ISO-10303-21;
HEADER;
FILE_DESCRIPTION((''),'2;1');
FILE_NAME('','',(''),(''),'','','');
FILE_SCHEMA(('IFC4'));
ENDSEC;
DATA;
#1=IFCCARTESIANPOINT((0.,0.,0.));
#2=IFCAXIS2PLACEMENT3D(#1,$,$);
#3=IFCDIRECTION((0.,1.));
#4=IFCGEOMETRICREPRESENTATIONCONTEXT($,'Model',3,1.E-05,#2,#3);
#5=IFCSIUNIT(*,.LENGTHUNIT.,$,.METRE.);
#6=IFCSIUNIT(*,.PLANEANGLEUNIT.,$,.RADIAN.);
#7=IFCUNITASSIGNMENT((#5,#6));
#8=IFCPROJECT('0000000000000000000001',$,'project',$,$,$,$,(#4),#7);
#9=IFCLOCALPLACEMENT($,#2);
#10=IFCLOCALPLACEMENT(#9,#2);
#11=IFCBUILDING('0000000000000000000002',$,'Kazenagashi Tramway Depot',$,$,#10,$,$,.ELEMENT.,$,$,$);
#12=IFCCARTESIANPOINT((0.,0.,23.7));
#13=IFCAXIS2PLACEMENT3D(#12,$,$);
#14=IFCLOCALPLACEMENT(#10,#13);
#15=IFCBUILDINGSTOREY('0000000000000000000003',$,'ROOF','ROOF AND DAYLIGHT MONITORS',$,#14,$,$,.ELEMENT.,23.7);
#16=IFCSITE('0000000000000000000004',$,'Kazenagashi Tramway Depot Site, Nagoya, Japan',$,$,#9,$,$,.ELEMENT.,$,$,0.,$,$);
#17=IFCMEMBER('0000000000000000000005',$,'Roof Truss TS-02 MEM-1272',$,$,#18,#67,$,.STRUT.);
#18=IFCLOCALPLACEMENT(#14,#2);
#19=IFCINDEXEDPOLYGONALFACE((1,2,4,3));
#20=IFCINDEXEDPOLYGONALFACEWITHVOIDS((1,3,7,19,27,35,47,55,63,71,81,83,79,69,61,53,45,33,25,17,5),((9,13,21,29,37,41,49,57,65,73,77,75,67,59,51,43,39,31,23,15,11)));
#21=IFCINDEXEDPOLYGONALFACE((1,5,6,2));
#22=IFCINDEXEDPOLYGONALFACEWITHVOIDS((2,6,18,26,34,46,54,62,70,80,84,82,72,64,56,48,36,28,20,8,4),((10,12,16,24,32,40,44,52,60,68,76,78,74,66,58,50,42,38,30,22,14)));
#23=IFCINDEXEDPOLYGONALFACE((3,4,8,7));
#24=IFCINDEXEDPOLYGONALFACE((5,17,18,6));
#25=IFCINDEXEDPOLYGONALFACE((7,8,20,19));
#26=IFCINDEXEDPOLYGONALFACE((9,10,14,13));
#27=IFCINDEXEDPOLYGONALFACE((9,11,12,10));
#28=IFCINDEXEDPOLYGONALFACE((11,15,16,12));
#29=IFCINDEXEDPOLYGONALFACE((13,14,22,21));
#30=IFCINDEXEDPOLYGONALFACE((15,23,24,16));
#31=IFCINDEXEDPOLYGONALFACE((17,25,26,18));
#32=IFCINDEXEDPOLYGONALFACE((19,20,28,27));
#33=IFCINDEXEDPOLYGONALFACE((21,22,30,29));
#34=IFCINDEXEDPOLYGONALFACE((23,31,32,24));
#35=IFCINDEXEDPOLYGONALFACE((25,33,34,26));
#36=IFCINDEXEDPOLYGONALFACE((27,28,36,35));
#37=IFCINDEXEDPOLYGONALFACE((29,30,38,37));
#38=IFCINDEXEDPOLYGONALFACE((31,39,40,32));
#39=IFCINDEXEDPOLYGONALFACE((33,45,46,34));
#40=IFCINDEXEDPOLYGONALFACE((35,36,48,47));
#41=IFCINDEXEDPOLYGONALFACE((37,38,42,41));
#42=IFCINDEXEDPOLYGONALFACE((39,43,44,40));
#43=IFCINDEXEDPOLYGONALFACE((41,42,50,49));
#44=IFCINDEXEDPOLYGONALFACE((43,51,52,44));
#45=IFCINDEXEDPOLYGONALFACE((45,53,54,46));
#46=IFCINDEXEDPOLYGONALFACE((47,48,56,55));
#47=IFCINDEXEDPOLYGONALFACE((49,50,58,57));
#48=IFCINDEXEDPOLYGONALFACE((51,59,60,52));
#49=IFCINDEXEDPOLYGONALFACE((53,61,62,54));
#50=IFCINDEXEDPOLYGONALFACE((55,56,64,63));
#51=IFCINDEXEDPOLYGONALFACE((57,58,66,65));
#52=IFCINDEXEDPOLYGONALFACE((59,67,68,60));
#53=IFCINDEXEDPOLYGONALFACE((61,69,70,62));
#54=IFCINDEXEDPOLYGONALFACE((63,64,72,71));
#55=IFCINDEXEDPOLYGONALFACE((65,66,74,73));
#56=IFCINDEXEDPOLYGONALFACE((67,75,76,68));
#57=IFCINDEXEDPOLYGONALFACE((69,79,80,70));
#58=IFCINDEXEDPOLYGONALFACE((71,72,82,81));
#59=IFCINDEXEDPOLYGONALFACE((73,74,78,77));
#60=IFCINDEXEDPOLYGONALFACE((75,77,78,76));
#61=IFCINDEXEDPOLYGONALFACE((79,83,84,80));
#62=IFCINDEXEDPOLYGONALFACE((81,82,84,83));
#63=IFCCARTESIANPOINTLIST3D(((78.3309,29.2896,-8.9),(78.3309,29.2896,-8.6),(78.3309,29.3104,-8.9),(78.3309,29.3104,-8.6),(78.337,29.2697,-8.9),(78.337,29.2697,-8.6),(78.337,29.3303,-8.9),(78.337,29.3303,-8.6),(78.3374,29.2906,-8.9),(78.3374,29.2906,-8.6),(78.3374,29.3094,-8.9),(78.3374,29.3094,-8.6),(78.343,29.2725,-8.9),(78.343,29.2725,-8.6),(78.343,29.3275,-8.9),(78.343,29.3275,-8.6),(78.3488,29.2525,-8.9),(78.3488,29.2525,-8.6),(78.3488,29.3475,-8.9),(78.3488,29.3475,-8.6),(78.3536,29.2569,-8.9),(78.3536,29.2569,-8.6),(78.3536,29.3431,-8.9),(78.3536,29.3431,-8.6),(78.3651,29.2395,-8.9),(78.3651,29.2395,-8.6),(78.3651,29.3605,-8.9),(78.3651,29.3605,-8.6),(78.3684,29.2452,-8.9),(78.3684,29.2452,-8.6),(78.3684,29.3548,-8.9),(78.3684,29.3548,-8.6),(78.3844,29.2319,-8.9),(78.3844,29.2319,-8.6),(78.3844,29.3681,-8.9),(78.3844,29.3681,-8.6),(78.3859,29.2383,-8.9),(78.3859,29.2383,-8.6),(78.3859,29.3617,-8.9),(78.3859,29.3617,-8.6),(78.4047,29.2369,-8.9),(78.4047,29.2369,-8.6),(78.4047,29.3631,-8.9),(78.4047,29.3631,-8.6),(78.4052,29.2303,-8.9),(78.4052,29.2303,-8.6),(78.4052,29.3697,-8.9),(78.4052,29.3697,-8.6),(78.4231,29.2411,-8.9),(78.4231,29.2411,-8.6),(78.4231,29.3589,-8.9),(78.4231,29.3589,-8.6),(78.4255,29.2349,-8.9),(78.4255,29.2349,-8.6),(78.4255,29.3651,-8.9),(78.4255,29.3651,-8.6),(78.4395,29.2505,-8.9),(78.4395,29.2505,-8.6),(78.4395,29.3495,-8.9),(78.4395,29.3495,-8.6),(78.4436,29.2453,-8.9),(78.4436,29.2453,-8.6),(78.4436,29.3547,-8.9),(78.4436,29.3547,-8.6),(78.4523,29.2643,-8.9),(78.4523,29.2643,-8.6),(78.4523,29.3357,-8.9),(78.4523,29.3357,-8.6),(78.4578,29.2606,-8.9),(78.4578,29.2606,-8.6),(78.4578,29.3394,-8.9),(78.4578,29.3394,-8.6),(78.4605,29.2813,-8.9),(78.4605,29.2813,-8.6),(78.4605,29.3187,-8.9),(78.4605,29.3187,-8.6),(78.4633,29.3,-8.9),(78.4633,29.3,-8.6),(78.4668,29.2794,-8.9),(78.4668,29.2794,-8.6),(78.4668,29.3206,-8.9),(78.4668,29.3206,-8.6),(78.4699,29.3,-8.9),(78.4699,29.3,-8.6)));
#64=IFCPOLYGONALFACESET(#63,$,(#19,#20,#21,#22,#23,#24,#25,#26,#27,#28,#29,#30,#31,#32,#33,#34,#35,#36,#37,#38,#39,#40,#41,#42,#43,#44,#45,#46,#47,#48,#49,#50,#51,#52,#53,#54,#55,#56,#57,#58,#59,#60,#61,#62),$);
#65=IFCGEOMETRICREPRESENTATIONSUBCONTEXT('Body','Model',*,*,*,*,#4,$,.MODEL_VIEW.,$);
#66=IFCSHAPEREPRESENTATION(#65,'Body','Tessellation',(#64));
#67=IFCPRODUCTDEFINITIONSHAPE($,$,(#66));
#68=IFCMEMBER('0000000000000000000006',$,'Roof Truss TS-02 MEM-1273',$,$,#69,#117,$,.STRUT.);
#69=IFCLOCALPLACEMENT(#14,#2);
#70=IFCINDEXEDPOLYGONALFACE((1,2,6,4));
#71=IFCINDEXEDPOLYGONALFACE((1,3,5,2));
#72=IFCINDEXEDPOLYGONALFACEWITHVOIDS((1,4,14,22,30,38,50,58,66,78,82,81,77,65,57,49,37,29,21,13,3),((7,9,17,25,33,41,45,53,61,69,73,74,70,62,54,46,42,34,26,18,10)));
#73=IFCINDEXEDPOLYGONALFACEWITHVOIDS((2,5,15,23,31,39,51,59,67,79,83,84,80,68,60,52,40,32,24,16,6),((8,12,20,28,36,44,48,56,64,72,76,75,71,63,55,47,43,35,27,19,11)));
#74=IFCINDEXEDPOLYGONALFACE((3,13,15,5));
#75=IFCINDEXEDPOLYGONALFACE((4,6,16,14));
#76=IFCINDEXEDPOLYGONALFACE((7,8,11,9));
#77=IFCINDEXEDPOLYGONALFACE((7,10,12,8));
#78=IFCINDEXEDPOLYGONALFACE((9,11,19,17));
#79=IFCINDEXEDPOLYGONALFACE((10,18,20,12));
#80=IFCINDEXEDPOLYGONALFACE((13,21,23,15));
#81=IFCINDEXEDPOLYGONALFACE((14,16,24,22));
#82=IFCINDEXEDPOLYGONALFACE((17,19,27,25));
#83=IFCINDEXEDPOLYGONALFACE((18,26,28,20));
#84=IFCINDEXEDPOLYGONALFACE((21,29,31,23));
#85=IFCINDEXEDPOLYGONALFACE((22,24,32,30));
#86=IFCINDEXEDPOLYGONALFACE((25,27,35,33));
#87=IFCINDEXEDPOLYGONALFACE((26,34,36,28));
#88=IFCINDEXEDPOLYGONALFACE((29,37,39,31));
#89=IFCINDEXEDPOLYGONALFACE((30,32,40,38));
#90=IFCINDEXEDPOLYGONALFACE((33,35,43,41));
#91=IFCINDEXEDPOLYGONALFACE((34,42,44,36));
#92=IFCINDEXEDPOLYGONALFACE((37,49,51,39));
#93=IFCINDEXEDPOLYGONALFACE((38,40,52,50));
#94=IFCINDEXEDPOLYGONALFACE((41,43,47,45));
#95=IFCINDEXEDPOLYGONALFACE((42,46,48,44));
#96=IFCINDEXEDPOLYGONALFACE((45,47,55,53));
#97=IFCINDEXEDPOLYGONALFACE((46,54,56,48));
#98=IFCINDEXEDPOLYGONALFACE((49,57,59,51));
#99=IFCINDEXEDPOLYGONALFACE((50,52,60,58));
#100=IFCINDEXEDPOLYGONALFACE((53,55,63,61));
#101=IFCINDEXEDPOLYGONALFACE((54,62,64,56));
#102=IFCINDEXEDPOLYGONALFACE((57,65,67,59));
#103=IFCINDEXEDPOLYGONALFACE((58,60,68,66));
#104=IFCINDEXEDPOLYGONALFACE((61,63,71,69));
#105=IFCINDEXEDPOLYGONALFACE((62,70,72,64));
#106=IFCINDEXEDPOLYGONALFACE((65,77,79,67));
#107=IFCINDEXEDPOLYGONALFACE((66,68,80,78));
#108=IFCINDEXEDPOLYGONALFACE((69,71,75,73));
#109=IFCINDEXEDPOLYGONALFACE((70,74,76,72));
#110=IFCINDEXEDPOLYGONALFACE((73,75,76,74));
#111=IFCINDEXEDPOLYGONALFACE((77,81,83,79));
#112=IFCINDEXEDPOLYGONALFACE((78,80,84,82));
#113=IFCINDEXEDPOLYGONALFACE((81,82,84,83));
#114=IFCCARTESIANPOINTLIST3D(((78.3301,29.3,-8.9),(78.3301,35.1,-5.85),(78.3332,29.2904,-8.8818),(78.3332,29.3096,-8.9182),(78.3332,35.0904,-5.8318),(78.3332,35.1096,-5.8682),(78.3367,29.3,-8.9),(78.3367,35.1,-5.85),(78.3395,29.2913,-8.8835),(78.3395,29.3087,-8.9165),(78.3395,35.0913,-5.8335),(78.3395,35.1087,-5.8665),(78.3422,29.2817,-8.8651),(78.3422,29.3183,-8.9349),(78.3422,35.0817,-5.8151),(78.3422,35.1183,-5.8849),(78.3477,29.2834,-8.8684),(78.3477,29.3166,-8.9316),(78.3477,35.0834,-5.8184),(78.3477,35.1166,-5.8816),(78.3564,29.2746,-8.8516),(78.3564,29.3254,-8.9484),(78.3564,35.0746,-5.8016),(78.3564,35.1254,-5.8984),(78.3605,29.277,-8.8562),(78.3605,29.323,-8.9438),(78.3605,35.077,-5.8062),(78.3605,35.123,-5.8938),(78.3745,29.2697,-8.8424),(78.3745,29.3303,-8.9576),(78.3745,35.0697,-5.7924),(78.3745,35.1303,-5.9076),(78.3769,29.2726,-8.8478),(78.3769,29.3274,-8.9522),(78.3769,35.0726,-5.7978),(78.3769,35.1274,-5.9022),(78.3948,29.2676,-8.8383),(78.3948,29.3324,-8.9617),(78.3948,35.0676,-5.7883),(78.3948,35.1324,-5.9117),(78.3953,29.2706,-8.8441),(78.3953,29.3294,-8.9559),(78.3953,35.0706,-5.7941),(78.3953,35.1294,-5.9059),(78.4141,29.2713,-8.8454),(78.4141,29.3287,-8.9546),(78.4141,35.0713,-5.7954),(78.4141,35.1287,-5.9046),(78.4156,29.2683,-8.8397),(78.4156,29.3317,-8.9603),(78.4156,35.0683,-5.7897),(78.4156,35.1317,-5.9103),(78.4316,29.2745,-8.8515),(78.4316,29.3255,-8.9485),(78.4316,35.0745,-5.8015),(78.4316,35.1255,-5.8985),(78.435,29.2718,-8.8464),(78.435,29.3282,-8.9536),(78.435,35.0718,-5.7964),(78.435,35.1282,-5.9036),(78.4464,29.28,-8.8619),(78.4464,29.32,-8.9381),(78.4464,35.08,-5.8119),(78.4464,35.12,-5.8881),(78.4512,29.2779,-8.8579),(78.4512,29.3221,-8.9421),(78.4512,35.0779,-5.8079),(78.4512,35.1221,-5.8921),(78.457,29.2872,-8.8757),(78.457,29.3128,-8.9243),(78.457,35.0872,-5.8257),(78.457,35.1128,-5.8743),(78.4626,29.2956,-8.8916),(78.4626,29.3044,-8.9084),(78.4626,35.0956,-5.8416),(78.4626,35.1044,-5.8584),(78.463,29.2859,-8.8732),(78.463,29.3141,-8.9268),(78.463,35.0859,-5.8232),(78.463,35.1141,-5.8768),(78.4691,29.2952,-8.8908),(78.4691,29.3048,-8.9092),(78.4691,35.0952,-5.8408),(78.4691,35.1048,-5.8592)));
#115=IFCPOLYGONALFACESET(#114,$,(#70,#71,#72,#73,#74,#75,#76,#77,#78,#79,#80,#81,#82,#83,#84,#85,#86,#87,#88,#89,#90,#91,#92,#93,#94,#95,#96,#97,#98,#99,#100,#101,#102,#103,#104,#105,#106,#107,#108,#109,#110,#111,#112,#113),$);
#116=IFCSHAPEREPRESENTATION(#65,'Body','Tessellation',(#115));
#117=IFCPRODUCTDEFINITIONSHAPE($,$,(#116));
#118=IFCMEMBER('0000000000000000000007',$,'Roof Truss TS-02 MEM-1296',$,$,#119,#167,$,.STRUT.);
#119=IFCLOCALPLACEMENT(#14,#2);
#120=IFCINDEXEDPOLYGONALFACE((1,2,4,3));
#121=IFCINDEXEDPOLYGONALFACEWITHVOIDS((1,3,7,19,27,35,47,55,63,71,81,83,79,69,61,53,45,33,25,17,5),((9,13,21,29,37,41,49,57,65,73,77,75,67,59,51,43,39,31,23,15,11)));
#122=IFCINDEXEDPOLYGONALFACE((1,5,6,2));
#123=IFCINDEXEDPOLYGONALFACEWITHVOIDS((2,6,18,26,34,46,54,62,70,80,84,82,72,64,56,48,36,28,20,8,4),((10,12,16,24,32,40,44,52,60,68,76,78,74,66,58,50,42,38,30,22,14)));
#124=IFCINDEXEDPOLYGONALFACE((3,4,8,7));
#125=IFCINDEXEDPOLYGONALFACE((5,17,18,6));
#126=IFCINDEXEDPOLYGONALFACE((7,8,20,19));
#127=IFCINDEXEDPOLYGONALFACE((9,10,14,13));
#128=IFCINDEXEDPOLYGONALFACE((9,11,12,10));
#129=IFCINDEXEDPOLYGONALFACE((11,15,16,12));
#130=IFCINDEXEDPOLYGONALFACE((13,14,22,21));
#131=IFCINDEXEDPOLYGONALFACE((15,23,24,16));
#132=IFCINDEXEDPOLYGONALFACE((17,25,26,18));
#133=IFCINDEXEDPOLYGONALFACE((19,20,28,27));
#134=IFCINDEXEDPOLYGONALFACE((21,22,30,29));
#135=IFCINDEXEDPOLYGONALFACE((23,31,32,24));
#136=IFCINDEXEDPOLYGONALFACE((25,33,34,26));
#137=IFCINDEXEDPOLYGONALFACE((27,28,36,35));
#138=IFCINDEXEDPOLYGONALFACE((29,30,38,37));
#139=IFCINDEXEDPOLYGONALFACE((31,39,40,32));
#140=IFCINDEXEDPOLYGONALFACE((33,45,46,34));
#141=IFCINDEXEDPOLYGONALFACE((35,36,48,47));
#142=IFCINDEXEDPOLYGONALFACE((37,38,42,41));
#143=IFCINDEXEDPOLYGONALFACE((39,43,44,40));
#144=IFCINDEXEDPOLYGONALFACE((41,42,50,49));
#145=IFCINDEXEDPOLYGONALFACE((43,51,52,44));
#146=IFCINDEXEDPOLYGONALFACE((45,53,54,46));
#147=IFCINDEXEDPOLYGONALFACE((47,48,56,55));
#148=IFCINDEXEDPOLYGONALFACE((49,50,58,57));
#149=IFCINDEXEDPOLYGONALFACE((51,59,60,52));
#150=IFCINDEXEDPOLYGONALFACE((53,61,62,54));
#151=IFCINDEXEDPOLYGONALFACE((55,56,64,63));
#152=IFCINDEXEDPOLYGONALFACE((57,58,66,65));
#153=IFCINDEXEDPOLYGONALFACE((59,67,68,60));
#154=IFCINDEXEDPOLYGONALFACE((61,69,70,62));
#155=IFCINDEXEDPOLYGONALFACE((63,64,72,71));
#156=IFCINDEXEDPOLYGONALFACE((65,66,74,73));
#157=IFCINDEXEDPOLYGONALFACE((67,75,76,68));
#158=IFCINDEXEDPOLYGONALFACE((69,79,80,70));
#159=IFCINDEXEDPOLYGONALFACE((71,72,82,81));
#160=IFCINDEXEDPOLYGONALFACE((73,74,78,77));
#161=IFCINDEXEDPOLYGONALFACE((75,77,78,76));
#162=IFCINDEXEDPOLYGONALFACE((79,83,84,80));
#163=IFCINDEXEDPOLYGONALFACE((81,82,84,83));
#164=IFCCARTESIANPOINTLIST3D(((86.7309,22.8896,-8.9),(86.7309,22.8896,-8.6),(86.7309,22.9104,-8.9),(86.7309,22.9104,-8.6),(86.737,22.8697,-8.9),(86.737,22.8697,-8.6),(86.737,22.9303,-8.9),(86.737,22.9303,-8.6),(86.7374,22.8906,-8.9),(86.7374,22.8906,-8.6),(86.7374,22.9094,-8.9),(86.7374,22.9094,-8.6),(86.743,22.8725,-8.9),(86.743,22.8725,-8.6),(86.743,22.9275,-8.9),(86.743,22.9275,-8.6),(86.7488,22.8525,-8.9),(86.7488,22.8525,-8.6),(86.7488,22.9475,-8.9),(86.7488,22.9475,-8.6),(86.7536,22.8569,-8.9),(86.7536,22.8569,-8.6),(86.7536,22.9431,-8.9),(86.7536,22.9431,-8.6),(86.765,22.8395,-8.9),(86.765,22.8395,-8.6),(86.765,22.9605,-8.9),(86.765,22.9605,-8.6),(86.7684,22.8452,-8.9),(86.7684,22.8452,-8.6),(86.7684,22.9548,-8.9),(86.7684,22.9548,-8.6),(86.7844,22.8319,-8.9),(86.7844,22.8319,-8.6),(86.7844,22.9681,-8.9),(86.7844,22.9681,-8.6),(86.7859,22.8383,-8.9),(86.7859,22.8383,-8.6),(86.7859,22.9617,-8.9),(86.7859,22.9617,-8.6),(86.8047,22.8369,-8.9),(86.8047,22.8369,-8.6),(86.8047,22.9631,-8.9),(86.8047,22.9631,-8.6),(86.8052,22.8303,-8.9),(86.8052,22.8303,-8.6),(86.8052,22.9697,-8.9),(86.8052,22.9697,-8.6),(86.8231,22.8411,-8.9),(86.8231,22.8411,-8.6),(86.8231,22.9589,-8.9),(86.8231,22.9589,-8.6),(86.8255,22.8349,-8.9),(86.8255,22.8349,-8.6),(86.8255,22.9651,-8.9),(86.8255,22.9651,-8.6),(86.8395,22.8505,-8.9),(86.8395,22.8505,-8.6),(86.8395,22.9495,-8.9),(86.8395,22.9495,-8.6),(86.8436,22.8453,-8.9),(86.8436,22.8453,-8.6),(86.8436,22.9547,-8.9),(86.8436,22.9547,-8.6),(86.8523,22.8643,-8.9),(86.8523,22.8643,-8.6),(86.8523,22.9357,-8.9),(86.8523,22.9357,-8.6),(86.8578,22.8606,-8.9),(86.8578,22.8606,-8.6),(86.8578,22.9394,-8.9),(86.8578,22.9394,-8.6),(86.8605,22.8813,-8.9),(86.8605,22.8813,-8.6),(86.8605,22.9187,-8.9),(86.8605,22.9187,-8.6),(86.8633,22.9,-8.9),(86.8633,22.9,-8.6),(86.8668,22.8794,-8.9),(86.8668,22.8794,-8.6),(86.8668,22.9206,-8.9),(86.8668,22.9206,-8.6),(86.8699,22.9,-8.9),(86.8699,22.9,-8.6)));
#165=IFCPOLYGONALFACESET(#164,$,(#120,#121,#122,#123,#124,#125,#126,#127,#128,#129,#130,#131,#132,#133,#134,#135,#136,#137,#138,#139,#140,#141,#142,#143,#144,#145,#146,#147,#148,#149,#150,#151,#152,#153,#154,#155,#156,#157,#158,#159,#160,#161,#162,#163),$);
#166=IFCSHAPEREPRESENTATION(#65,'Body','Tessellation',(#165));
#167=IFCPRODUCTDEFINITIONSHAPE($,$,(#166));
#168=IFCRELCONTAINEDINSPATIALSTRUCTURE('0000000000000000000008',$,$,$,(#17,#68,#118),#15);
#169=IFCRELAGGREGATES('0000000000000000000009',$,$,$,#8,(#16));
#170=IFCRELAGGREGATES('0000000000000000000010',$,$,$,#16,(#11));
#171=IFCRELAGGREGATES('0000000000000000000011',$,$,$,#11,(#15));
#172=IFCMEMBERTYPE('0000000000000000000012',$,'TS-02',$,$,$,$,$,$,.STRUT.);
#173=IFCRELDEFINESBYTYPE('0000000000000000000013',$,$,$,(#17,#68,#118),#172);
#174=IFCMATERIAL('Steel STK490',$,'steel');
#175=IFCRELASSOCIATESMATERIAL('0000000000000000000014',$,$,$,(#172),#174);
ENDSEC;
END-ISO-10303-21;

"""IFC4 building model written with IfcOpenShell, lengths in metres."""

from ifc_helpers import new_model, si_unit, direction, frame, origin, origin_2d, place, context, subcontext, project, spatial, hollow_circle, extrude, material, material_profile, profile_set, type_object, element, save


model = new_model("IFC4")

# Units and contexts
model_context = context("Model", 3, precision=1e-05, world=origin(), true_north=direction((0.0, 1.0)))
body_context = subcontext(model_context, "Body", "Model", "MODEL_VIEW")
ifc_project = project(units=[si_unit("LENGTHUNIT", "METRE"), si_unit("PLANEANGLEUNIT", "RADIAN")], contexts=[model_context])

# Site, building, storey
site_placement = place(None, origin())
site = spatial("IfcSite", under=ifc_project, at=site_placement, Name="Kazenagashi Tramway Depot Site, Nagoya, Japan", CompositionType="ELEMENT", RefElevation=0.0)
building_placement = place(site_placement, origin())
building = spatial("IfcBuilding", under=site, at=building_placement, Name="Kazenagashi Tramway Depot", CompositionType="ELEMENT")
storey_placement = place(building_placement, frame((0.0, 0.0, 23.7)))
storey = spatial("IfcBuildingStorey", under=building, at=storey_placement, Name="ROOF", Description="ROOF AND DAYLIGHT MONITORS", CompositionType="ELEMENT", Elevation=23.7)

# Members
ifc_material_1 = material(Name="Steel STK490", Category="steel")
ifc_material_profile_1 = material_profile(ifc_material_1, hollow_circle(Radius=0.0699, WallThickness=0.0066, at=origin_2d()), Name="CHS-139.8x6.6")
ifc_profile_set_1 = profile_set([ifc_material_profile_1], Name="Steel STK490")
member_type_1 = type_object("IfcMemberType", Name="TS-02", PredefinedType="STRUT", material=ifc_profile_set_1)
member_1_placement = place(storey_placement, frame((78.4, 29.3, -8.9), z_axis=(0.0, 0.0, 1.0), x_axis=(1.0, 0.0, 0.0)))
element("IfcMember", 1, at=member_1_placement, inside=storey, type_object=member_type_1, Name="Roof Truss TS-02 MEM-1272", PredefinedType="STRUT", context=body_context, shape_type="SweptSolid", body=[
    extrude(hollow_circle(Radius=0.0699, WallThickness=0.0066, at=origin_2d()), origin(), (0.0, 0.0, 1.0), 0.3),
])
member_2_placement = place(storey_placement, frame((78.4, 29.3, -8.9), z_axis=(0.0, 0.885084, 0.465432), x_axis=(-1.0, 0.0, 0.0)))
element("IfcMember", 2, at=member_2_placement, inside=storey, type_object=member_type_1, Name="Roof Truss TS-02 MEM-1273", PredefinedType="STRUT", context=body_context, shape_type="SweptSolid", body=[
    extrude(hollow_circle(Radius=0.0699, WallThickness=0.0066, at=origin_2d()), origin(), (0.0, 0.0, 1.0), 6.5531),
])
member_3_placement = place(storey_placement, frame((86.8, 22.9, -8.9), z_axis=(0.0, 0.0, 1.0), x_axis=(1.0, 0.0, 0.0)))
element("IfcMember", 3, at=member_3_placement, inside=storey, type_object=member_type_1, Name="Roof Truss TS-02 MEM-1296", PredefinedType="STRUT", context=body_context, shape_type="SweptSolid", body=[
    extrude(hollow_circle(Radius=0.0699, WallThickness=0.0066, at=origin_2d()), origin(), (0.0, 0.0, 1.0), 0.3),
])

save(model, "model.ifc")
